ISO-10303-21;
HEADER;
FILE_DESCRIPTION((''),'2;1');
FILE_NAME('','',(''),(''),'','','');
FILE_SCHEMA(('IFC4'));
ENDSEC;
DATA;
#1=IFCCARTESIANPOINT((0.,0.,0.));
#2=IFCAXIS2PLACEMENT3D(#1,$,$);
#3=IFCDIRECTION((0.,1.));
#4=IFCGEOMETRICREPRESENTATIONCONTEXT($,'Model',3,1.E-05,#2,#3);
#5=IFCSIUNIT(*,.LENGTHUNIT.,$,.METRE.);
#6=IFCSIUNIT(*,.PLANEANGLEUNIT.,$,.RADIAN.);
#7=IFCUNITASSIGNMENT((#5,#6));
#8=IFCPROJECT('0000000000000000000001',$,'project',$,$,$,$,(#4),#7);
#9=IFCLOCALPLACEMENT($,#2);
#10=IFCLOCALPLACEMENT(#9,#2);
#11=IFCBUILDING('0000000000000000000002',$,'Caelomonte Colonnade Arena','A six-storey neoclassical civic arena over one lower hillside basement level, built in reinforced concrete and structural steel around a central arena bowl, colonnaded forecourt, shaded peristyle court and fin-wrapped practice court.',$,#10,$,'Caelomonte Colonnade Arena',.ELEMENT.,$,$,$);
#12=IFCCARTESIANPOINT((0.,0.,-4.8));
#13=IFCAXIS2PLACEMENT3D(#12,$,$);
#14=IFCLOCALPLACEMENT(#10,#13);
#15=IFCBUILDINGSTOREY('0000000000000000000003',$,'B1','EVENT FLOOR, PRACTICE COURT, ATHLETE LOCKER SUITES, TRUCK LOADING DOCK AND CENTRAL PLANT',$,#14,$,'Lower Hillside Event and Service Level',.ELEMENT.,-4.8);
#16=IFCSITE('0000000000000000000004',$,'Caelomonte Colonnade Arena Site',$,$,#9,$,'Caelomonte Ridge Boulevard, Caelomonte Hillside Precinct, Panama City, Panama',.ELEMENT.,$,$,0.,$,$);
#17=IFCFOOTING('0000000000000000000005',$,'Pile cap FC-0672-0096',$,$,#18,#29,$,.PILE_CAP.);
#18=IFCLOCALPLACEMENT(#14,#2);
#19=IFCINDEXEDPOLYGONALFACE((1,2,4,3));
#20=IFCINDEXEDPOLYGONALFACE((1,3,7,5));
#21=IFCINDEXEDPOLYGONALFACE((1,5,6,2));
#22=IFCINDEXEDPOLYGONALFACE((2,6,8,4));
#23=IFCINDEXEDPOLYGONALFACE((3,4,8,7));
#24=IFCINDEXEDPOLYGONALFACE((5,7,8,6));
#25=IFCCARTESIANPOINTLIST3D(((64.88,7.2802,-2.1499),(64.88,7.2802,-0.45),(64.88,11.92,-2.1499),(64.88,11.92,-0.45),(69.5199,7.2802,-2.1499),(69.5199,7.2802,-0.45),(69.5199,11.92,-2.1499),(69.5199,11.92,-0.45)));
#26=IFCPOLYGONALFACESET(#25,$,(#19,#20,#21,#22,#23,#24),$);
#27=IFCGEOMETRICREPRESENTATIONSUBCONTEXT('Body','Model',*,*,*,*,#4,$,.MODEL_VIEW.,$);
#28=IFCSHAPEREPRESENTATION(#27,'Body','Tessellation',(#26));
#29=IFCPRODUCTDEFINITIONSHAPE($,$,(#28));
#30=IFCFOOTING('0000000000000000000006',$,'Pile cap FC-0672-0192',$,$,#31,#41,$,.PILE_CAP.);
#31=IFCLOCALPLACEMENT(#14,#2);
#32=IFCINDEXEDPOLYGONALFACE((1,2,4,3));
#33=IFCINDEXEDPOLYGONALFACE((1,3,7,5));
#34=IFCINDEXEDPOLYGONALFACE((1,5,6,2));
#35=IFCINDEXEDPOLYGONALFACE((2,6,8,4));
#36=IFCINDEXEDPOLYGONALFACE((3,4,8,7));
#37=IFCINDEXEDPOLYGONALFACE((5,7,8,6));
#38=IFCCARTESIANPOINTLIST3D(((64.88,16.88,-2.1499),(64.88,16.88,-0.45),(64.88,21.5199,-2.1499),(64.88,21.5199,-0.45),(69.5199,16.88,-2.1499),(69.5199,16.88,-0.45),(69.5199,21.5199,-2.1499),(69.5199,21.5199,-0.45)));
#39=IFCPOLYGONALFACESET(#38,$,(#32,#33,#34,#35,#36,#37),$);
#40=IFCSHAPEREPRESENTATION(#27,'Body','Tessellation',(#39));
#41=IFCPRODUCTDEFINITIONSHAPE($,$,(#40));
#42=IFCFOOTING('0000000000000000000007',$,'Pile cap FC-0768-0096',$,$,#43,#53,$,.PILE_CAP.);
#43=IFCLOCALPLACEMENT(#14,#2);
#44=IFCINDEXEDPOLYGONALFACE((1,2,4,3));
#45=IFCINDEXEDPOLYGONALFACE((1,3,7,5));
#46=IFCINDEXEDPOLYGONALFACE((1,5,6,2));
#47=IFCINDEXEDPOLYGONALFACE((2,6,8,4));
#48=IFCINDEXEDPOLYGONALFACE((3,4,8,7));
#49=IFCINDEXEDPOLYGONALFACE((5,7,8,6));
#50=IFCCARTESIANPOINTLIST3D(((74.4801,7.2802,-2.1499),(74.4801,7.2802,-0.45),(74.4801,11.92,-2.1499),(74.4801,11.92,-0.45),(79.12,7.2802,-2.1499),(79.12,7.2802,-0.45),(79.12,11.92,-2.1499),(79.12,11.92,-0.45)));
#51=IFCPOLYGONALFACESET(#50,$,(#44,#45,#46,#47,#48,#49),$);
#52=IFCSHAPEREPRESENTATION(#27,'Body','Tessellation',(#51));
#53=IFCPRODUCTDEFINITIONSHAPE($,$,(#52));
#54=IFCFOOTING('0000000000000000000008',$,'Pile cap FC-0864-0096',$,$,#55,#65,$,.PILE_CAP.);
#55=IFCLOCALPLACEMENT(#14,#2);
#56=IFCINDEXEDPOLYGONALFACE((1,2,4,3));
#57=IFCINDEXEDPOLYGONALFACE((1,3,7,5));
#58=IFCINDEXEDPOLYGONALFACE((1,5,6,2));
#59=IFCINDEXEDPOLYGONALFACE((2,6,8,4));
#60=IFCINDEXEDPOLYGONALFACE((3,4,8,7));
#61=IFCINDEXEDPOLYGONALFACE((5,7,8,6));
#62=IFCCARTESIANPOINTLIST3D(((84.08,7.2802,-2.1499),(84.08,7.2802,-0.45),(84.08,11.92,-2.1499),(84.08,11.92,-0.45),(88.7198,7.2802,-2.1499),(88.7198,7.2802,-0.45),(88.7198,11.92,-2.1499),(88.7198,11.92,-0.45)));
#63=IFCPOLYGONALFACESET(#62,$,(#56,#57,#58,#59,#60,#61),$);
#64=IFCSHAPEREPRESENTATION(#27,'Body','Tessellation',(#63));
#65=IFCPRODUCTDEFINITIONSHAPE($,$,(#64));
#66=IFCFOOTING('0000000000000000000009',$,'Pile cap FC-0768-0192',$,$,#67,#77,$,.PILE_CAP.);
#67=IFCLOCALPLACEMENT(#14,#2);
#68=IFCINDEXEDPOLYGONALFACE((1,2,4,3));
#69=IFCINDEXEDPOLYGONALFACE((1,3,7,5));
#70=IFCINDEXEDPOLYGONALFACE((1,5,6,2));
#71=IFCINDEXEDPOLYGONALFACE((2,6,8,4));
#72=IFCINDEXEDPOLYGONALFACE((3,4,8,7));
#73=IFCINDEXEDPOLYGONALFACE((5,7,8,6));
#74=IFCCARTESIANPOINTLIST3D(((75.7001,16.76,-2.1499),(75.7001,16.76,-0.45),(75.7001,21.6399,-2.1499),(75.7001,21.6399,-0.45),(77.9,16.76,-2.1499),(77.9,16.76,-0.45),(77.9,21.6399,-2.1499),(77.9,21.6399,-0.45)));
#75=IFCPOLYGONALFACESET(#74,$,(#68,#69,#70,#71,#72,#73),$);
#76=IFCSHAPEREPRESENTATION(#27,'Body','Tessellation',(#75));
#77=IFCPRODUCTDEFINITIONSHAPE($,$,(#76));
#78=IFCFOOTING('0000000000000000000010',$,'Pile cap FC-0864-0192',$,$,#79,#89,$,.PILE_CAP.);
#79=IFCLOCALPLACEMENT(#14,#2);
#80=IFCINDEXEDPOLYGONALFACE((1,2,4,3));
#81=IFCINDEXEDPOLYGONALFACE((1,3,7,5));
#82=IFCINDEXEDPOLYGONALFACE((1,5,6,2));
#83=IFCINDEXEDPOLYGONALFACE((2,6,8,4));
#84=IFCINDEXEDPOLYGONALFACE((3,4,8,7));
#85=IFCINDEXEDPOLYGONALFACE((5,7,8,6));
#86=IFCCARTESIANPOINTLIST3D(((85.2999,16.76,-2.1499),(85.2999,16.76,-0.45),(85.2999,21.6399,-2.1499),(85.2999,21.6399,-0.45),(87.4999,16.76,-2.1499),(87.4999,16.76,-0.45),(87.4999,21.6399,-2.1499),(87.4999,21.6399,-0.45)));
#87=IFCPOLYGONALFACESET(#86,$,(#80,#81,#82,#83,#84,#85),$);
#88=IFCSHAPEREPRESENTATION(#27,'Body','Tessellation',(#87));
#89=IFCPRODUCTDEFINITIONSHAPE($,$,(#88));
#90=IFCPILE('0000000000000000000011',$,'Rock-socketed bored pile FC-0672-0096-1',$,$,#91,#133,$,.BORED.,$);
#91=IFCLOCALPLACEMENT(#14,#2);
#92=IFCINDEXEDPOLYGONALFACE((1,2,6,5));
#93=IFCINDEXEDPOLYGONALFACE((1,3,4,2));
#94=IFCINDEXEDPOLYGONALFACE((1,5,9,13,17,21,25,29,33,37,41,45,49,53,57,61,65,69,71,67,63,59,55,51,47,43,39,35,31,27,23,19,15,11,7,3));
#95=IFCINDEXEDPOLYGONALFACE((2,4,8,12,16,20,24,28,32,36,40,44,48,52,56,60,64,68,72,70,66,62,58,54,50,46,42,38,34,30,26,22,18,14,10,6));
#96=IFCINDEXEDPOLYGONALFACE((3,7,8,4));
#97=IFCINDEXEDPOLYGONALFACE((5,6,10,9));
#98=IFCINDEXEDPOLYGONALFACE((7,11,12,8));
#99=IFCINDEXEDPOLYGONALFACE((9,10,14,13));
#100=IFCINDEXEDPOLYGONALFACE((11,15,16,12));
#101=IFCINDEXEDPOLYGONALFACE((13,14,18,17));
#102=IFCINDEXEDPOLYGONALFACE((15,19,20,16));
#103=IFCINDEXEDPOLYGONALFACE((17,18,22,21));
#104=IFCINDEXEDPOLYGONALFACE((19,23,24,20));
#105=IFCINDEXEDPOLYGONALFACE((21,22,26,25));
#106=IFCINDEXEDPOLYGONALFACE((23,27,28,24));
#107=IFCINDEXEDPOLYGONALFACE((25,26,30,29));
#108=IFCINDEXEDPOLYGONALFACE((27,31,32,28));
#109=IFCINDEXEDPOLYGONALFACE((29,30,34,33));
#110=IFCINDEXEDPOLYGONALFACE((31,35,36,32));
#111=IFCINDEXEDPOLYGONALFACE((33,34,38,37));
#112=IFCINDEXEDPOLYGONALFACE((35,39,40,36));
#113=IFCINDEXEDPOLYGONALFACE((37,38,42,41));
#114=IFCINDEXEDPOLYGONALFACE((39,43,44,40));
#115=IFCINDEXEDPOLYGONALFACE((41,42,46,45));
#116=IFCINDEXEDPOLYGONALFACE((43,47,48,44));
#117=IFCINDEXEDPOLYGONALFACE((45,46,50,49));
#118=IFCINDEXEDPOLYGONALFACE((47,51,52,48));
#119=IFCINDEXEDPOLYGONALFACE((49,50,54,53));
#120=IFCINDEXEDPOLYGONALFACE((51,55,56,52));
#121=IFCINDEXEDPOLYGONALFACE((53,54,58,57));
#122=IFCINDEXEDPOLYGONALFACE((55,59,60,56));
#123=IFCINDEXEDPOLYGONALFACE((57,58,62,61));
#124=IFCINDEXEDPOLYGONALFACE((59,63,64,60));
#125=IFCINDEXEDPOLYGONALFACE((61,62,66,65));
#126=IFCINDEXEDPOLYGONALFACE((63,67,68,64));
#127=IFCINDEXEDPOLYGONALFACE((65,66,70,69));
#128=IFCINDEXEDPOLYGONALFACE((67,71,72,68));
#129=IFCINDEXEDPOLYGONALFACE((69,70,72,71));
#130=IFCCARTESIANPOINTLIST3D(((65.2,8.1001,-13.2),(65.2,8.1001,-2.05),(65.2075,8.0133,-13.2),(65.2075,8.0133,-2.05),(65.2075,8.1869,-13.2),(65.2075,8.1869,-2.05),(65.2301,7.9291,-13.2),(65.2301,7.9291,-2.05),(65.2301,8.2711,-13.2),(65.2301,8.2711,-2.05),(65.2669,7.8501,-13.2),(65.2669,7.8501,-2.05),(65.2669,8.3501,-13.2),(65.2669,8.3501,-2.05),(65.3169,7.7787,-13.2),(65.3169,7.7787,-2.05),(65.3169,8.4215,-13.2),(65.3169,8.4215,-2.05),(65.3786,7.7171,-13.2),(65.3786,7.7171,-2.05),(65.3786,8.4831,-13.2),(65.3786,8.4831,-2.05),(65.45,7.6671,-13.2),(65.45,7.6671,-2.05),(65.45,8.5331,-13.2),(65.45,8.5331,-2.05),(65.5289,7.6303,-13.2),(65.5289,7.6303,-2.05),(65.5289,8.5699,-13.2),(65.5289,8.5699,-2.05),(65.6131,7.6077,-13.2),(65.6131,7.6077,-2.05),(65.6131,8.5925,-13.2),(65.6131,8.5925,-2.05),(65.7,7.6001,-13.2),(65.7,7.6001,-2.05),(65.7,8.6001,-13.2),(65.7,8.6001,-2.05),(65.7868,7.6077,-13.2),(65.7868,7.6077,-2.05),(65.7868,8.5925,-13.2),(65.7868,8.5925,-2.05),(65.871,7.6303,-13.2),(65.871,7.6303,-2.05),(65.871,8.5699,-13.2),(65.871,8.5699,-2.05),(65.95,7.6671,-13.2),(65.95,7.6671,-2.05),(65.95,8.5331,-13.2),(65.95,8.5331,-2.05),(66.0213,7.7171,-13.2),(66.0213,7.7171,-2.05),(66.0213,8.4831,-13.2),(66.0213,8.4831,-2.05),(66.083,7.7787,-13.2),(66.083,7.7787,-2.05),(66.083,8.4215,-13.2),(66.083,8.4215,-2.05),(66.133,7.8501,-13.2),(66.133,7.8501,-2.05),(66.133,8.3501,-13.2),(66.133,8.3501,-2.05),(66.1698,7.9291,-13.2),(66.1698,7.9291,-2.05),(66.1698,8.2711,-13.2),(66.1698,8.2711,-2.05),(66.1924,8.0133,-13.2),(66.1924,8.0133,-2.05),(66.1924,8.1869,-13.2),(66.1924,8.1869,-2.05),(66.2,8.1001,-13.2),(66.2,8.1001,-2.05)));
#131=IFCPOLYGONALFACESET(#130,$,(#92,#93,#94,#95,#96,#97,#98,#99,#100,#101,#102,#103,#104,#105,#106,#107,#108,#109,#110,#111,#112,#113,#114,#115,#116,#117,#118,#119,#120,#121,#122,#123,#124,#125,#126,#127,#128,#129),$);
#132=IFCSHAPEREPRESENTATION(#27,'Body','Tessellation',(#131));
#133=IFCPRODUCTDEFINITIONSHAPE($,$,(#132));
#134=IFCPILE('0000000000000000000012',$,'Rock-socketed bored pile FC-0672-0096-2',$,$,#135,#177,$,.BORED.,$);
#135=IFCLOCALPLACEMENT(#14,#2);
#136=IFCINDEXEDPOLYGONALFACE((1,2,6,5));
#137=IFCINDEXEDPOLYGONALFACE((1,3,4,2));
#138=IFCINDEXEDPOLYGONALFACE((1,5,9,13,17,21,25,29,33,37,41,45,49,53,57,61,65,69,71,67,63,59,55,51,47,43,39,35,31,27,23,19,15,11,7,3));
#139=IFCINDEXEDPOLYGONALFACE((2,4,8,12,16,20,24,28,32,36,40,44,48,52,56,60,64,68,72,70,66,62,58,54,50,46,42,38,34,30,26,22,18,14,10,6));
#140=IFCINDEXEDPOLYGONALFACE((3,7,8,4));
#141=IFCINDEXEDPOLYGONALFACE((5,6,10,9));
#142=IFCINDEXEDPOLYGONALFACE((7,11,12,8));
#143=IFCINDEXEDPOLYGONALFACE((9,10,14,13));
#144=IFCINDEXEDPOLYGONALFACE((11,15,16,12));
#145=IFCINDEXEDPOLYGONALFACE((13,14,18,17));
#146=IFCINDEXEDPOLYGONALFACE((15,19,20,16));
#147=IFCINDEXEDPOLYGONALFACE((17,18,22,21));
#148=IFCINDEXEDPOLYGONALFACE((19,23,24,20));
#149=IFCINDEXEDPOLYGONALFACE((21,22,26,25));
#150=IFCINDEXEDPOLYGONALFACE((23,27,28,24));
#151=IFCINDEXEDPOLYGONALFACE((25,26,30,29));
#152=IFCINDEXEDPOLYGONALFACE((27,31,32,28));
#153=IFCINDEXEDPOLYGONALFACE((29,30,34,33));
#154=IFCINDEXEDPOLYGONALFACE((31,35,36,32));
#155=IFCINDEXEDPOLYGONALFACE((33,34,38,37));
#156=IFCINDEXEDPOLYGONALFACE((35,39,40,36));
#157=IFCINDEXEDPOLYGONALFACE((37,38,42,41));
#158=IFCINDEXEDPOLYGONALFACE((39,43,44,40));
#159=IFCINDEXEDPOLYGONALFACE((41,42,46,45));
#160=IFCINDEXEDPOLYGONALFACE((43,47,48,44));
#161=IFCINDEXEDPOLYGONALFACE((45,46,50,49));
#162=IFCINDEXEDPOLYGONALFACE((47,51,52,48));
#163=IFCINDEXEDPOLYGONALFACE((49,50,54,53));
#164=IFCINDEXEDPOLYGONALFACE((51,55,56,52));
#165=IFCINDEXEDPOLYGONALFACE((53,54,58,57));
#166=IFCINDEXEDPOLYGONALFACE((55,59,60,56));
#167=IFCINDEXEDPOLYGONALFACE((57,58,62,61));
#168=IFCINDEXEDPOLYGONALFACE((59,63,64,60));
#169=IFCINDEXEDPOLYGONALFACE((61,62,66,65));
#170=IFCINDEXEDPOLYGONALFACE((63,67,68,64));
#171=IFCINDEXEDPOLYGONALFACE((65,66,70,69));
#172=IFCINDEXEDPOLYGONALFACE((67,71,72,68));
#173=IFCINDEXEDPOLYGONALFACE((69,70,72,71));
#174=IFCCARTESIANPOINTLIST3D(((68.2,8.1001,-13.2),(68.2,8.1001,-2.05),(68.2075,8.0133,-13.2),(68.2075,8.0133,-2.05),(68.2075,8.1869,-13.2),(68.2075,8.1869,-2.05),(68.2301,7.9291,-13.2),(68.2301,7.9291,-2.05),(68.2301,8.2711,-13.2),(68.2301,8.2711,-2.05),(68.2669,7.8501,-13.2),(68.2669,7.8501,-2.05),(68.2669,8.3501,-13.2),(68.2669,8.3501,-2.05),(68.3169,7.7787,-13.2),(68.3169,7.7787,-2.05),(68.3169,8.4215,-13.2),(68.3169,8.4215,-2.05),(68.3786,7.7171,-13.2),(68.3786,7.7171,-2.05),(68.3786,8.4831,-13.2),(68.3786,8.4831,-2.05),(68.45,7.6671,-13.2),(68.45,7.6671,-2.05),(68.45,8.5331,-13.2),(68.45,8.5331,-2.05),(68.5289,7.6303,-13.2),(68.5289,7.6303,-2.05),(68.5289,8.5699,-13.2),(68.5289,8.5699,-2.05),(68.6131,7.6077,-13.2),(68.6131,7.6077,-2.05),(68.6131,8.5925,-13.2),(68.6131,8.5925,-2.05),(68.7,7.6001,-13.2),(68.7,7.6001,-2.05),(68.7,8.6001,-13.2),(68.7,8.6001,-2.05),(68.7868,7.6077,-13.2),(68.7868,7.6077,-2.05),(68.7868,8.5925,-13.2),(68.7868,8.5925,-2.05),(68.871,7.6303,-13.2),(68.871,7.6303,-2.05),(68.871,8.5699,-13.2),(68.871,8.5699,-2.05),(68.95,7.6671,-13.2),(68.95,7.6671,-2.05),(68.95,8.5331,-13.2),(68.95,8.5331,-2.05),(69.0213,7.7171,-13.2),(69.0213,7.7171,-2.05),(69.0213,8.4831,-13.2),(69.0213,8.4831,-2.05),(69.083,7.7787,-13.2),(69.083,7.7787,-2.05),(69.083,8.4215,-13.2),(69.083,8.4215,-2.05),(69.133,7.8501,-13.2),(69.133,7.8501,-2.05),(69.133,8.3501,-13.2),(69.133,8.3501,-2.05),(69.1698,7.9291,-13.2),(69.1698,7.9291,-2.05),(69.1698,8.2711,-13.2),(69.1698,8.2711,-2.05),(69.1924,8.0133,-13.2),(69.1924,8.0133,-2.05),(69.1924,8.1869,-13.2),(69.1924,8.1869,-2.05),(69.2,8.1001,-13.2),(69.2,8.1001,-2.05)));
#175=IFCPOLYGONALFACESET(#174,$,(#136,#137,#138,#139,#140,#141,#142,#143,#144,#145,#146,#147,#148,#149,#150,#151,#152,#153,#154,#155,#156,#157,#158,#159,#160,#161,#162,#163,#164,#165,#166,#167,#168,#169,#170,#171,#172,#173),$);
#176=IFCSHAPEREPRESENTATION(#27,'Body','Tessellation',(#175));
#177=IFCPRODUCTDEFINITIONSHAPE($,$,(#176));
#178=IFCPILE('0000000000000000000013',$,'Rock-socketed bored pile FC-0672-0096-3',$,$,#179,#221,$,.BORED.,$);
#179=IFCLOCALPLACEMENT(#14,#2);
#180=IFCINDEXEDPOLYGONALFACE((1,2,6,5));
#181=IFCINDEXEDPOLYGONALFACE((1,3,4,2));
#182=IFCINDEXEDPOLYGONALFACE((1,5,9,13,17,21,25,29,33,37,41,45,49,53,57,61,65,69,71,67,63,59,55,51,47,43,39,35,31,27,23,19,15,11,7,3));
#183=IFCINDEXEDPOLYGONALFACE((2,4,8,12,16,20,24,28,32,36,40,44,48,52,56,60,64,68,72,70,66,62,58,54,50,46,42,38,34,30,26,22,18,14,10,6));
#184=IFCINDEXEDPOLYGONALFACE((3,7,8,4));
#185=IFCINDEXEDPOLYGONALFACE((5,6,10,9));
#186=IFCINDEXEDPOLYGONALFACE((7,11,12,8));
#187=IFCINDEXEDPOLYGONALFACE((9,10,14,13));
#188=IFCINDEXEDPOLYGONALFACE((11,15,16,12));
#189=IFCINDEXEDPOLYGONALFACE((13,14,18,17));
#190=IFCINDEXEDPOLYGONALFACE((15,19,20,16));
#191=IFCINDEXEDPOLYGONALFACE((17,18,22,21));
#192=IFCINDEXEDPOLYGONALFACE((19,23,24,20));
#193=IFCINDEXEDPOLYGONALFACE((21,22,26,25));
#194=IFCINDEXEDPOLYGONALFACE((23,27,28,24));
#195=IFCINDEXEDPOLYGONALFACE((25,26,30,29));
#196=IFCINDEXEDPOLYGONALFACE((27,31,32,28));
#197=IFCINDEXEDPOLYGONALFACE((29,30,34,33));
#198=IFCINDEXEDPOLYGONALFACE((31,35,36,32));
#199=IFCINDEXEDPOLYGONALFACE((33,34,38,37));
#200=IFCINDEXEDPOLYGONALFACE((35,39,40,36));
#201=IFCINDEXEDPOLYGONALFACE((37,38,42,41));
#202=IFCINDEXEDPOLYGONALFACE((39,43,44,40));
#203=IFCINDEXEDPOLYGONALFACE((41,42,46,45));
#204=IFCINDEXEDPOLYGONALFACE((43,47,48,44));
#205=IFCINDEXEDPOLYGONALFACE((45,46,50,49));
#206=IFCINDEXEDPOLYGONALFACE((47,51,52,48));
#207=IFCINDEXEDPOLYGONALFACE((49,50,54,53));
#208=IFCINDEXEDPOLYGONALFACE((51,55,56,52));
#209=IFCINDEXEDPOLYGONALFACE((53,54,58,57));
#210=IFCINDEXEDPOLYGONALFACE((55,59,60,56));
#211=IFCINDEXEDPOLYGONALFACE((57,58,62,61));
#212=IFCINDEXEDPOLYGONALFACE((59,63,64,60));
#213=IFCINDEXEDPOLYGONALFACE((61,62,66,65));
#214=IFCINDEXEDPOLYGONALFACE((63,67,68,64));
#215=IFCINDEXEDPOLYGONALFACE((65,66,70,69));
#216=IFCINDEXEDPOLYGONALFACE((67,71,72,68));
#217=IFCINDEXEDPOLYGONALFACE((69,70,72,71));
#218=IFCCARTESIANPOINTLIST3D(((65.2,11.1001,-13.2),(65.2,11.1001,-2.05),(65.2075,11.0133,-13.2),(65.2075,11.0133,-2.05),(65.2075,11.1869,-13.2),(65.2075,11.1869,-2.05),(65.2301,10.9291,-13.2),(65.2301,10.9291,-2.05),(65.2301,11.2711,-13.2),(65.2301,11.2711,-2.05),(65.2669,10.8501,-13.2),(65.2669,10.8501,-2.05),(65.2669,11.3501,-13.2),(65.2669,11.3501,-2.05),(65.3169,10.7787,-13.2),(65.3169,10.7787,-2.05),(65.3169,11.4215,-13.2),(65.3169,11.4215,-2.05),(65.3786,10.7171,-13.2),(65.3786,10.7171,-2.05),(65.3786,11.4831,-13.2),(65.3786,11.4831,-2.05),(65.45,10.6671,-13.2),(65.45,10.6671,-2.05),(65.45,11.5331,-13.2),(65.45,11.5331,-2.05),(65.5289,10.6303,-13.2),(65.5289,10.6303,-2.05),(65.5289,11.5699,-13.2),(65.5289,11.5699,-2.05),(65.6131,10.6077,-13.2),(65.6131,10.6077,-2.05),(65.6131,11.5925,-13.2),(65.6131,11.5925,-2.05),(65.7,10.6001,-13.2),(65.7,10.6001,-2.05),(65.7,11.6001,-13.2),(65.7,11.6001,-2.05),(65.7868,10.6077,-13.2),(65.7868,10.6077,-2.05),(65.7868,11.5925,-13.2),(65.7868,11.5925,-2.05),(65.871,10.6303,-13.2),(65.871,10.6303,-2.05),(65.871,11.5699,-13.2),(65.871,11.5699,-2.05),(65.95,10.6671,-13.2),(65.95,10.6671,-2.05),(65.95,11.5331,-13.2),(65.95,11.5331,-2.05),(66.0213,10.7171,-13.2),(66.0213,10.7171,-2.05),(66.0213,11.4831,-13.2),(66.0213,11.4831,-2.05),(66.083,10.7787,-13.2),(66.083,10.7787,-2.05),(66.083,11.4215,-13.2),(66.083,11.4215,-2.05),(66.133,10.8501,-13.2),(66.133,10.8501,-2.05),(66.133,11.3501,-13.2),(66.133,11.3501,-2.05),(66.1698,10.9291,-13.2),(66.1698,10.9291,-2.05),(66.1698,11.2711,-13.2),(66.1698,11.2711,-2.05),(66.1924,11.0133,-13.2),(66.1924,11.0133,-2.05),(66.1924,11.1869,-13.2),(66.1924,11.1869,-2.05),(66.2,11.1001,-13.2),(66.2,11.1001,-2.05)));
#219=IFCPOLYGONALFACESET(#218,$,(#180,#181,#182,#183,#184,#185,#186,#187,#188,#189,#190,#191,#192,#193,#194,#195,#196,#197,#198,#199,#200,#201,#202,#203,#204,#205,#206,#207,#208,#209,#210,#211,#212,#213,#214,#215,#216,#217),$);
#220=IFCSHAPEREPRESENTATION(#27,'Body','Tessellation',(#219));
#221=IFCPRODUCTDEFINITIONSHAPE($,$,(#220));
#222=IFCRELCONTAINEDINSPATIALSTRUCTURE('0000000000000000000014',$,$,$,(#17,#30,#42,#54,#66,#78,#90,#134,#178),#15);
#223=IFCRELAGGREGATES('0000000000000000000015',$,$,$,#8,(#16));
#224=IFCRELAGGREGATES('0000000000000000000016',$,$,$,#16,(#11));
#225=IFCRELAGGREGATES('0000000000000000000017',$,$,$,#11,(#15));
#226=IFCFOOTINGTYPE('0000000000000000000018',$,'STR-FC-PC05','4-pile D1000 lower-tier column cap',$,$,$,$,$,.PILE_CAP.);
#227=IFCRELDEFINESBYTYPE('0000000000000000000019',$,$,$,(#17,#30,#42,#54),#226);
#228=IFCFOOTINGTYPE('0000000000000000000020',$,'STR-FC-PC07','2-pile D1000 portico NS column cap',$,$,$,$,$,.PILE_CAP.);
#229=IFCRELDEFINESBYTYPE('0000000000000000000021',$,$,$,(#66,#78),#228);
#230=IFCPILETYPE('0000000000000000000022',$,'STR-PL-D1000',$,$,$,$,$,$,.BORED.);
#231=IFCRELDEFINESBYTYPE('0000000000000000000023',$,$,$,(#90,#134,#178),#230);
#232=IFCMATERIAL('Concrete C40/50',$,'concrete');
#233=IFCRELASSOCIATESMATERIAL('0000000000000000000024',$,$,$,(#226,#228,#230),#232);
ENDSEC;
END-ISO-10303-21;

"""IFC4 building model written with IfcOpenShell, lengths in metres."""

from ifc_helpers import new_model, si_unit, direction, frame, origin, origin_2d, place, context, subcontext, project, spatial, rectangle, circle, extrude, material, material_profile, profile_set, type_object, element, save


model = new_model("IFC4")

# Units and contexts
model_context = context("Model", 3, precision=1e-05, world=origin(), true_north=direction((0.0, 1.0)))
body_context = subcontext(model_context, "Body", "Model", "MODEL_VIEW")
ifc_project = project(units=[si_unit("LENGTHUNIT", "METRE"), si_unit("PLANEANGLEUNIT", "RADIAN")], contexts=[model_context])

# Site, building, storey
site_placement = place(None, origin())
site = spatial("IfcSite", under=ifc_project, at=site_placement, Name="Caelomonte Colonnade Arena Site", LongName="Caelomonte Ridge Boulevard, Caelomonte Hillside Precinct, Panama City, Panama", CompositionType="ELEMENT", RefElevation=0.0)
building_placement = place(site_placement, origin())
building = spatial("IfcBuilding", under=site, at=building_placement, Name="Caelomonte Colonnade Arena", Description="A six-storey neoclassical civic arena over one lower hillside basement level, built in reinforced concrete and structural steel around a central arena bowl, colonnaded forecourt, shaded peristyle court and fin-wrapped practice court.", LongName="Caelomonte Colonnade Arena", CompositionType="ELEMENT")
storey_placement = place(building_placement, frame((0.0, 0.0, -4.8)))
storey = spatial("IfcBuildingStorey", under=building, at=storey_placement, Name="B1", Description="EVENT FLOOR, PRACTICE COURT, ATHLETE LOCKER SUITES, TRUCK LOADING DOCK AND CENTRAL PLANT", LongName="Lower Hillside Event and Service Level", CompositionType="ELEMENT", Elevation=-4.8)

# Footings
ifc_material_1 = material(Name="Concrete C40/50", Category="concrete")
footing_type_1 = type_object("IfcFootingType", Name="STR-FC-PC05", Description="4-pile D1000 lower-tier column cap", PredefinedType="PILE_CAP", material=ifc_material_1)
for number, where, z_axis, x_axis, name in (
    (1, (67.2, 9.6001, -2.1499), (0.0, 0.0, 1.0), (1.0, 0.0, 0.0), "Pile cap FC-0672-0096"),
    (2, (67.2, 19.2, -2.1499), (0.0, 0.0, 1.0), (1.0, 0.0, 0.0), "Pile cap FC-0672-0192"),
    (3, (76.8, 9.6001, -2.1499), (0.0, 0.0, 1.0), (1.0, 0.0, 0.0), "Pile cap FC-0768-0096"),
    (4, (86.3999, 9.6001, -2.1499), (0.0, 0.0, 1.0), (1.0, 0.0, 0.0), "Pile cap FC-0864-0096"),
):
    element("IfcFooting", number, at=place(storey_placement, frame(where, z_axis=z_axis, x_axis=x_axis)), inside=storey, type_object=footing_type_1, Name=name, PredefinedType="PILE_CAP", context=body_context, shape_type="SweptSolid", body=[
        extrude(rectangle(XDim=4.6399, YDim=4.6399, at=origin_2d()), origin(), (0.0, 0.0, 1.0), 1.7),
    ])
footing_type_2 = type_object("IfcFootingType", Name="STR-FC-PC07", Description="2-pile D1000 portico NS column cap", PredefinedType="PILE_CAP", material=ifc_material_1)
for number, where, z_axis, x_axis, name in (
    (5, (76.8, 19.2, -2.1499), (0.0, 0.0, 1.0), (1.0, 0.0, 0.0), "Pile cap FC-0768-0192"),
    (6, (86.3999, 19.2, -2.1499), (0.0, 0.0, 1.0), (1.0, 0.0, 0.0), "Pile cap FC-0864-0192"),
):
    element("IfcFooting", number, at=place(storey_placement, frame(where, z_axis=z_axis, x_axis=x_axis)), inside=storey, type_object=footing_type_2, Name=name, PredefinedType="PILE_CAP", context=body_context, shape_type="SweptSolid", body=[
        extrude(rectangle(XDim=2.2, YDim=4.8799, at=origin_2d()), origin(), (0.0, 0.0, 1.0), 1.7),
    ])

# Piles
ifc_material_profile_1 = material_profile(ifc_material_1, circle(Radius=0.5, at=origin_2d()), Name="PILE-D1000")
ifc_profile_set_1 = profile_set([ifc_material_profile_1], Name="Concrete C40/50")
pile_type = type_object("IfcPileType", Name="STR-PL-D1000", PredefinedType="BORED", material=ifc_profile_set_1)
for number, where, z_axis, x_axis, name in (
    (7, (65.7, 8.1001, -2.05), (0.0, 0.0, -1.0), (1.0, 0.0, 0.0), "Rock-socketed bored pile FC-0672-0096-1"),
    (8, (68.7, 8.1001, -2.05), (0.0, 0.0, -1.0), (1.0, 0.0, 0.0), "Rock-socketed bored pile FC-0672-0096-2"),
    (9, (65.7, 11.1001, -2.05), (0.0, 0.0, -1.0), (1.0, 0.0, 0.0), "Rock-socketed bored pile FC-0672-0096-3"),
):
    element("IfcPile", number, at=place(storey_placement, frame(where, z_axis=z_axis, x_axis=x_axis)), inside=storey, type_object=pile_type, Name=name, PredefinedType="BORED", context=body_context, shape_type="SweptSolid", body=[
        extrude(circle(Radius=0.5, at=origin_2d()), origin(), (0.0, 0.0, 1.0), 11.1499),
    ])

save(model, "model.ifc")
